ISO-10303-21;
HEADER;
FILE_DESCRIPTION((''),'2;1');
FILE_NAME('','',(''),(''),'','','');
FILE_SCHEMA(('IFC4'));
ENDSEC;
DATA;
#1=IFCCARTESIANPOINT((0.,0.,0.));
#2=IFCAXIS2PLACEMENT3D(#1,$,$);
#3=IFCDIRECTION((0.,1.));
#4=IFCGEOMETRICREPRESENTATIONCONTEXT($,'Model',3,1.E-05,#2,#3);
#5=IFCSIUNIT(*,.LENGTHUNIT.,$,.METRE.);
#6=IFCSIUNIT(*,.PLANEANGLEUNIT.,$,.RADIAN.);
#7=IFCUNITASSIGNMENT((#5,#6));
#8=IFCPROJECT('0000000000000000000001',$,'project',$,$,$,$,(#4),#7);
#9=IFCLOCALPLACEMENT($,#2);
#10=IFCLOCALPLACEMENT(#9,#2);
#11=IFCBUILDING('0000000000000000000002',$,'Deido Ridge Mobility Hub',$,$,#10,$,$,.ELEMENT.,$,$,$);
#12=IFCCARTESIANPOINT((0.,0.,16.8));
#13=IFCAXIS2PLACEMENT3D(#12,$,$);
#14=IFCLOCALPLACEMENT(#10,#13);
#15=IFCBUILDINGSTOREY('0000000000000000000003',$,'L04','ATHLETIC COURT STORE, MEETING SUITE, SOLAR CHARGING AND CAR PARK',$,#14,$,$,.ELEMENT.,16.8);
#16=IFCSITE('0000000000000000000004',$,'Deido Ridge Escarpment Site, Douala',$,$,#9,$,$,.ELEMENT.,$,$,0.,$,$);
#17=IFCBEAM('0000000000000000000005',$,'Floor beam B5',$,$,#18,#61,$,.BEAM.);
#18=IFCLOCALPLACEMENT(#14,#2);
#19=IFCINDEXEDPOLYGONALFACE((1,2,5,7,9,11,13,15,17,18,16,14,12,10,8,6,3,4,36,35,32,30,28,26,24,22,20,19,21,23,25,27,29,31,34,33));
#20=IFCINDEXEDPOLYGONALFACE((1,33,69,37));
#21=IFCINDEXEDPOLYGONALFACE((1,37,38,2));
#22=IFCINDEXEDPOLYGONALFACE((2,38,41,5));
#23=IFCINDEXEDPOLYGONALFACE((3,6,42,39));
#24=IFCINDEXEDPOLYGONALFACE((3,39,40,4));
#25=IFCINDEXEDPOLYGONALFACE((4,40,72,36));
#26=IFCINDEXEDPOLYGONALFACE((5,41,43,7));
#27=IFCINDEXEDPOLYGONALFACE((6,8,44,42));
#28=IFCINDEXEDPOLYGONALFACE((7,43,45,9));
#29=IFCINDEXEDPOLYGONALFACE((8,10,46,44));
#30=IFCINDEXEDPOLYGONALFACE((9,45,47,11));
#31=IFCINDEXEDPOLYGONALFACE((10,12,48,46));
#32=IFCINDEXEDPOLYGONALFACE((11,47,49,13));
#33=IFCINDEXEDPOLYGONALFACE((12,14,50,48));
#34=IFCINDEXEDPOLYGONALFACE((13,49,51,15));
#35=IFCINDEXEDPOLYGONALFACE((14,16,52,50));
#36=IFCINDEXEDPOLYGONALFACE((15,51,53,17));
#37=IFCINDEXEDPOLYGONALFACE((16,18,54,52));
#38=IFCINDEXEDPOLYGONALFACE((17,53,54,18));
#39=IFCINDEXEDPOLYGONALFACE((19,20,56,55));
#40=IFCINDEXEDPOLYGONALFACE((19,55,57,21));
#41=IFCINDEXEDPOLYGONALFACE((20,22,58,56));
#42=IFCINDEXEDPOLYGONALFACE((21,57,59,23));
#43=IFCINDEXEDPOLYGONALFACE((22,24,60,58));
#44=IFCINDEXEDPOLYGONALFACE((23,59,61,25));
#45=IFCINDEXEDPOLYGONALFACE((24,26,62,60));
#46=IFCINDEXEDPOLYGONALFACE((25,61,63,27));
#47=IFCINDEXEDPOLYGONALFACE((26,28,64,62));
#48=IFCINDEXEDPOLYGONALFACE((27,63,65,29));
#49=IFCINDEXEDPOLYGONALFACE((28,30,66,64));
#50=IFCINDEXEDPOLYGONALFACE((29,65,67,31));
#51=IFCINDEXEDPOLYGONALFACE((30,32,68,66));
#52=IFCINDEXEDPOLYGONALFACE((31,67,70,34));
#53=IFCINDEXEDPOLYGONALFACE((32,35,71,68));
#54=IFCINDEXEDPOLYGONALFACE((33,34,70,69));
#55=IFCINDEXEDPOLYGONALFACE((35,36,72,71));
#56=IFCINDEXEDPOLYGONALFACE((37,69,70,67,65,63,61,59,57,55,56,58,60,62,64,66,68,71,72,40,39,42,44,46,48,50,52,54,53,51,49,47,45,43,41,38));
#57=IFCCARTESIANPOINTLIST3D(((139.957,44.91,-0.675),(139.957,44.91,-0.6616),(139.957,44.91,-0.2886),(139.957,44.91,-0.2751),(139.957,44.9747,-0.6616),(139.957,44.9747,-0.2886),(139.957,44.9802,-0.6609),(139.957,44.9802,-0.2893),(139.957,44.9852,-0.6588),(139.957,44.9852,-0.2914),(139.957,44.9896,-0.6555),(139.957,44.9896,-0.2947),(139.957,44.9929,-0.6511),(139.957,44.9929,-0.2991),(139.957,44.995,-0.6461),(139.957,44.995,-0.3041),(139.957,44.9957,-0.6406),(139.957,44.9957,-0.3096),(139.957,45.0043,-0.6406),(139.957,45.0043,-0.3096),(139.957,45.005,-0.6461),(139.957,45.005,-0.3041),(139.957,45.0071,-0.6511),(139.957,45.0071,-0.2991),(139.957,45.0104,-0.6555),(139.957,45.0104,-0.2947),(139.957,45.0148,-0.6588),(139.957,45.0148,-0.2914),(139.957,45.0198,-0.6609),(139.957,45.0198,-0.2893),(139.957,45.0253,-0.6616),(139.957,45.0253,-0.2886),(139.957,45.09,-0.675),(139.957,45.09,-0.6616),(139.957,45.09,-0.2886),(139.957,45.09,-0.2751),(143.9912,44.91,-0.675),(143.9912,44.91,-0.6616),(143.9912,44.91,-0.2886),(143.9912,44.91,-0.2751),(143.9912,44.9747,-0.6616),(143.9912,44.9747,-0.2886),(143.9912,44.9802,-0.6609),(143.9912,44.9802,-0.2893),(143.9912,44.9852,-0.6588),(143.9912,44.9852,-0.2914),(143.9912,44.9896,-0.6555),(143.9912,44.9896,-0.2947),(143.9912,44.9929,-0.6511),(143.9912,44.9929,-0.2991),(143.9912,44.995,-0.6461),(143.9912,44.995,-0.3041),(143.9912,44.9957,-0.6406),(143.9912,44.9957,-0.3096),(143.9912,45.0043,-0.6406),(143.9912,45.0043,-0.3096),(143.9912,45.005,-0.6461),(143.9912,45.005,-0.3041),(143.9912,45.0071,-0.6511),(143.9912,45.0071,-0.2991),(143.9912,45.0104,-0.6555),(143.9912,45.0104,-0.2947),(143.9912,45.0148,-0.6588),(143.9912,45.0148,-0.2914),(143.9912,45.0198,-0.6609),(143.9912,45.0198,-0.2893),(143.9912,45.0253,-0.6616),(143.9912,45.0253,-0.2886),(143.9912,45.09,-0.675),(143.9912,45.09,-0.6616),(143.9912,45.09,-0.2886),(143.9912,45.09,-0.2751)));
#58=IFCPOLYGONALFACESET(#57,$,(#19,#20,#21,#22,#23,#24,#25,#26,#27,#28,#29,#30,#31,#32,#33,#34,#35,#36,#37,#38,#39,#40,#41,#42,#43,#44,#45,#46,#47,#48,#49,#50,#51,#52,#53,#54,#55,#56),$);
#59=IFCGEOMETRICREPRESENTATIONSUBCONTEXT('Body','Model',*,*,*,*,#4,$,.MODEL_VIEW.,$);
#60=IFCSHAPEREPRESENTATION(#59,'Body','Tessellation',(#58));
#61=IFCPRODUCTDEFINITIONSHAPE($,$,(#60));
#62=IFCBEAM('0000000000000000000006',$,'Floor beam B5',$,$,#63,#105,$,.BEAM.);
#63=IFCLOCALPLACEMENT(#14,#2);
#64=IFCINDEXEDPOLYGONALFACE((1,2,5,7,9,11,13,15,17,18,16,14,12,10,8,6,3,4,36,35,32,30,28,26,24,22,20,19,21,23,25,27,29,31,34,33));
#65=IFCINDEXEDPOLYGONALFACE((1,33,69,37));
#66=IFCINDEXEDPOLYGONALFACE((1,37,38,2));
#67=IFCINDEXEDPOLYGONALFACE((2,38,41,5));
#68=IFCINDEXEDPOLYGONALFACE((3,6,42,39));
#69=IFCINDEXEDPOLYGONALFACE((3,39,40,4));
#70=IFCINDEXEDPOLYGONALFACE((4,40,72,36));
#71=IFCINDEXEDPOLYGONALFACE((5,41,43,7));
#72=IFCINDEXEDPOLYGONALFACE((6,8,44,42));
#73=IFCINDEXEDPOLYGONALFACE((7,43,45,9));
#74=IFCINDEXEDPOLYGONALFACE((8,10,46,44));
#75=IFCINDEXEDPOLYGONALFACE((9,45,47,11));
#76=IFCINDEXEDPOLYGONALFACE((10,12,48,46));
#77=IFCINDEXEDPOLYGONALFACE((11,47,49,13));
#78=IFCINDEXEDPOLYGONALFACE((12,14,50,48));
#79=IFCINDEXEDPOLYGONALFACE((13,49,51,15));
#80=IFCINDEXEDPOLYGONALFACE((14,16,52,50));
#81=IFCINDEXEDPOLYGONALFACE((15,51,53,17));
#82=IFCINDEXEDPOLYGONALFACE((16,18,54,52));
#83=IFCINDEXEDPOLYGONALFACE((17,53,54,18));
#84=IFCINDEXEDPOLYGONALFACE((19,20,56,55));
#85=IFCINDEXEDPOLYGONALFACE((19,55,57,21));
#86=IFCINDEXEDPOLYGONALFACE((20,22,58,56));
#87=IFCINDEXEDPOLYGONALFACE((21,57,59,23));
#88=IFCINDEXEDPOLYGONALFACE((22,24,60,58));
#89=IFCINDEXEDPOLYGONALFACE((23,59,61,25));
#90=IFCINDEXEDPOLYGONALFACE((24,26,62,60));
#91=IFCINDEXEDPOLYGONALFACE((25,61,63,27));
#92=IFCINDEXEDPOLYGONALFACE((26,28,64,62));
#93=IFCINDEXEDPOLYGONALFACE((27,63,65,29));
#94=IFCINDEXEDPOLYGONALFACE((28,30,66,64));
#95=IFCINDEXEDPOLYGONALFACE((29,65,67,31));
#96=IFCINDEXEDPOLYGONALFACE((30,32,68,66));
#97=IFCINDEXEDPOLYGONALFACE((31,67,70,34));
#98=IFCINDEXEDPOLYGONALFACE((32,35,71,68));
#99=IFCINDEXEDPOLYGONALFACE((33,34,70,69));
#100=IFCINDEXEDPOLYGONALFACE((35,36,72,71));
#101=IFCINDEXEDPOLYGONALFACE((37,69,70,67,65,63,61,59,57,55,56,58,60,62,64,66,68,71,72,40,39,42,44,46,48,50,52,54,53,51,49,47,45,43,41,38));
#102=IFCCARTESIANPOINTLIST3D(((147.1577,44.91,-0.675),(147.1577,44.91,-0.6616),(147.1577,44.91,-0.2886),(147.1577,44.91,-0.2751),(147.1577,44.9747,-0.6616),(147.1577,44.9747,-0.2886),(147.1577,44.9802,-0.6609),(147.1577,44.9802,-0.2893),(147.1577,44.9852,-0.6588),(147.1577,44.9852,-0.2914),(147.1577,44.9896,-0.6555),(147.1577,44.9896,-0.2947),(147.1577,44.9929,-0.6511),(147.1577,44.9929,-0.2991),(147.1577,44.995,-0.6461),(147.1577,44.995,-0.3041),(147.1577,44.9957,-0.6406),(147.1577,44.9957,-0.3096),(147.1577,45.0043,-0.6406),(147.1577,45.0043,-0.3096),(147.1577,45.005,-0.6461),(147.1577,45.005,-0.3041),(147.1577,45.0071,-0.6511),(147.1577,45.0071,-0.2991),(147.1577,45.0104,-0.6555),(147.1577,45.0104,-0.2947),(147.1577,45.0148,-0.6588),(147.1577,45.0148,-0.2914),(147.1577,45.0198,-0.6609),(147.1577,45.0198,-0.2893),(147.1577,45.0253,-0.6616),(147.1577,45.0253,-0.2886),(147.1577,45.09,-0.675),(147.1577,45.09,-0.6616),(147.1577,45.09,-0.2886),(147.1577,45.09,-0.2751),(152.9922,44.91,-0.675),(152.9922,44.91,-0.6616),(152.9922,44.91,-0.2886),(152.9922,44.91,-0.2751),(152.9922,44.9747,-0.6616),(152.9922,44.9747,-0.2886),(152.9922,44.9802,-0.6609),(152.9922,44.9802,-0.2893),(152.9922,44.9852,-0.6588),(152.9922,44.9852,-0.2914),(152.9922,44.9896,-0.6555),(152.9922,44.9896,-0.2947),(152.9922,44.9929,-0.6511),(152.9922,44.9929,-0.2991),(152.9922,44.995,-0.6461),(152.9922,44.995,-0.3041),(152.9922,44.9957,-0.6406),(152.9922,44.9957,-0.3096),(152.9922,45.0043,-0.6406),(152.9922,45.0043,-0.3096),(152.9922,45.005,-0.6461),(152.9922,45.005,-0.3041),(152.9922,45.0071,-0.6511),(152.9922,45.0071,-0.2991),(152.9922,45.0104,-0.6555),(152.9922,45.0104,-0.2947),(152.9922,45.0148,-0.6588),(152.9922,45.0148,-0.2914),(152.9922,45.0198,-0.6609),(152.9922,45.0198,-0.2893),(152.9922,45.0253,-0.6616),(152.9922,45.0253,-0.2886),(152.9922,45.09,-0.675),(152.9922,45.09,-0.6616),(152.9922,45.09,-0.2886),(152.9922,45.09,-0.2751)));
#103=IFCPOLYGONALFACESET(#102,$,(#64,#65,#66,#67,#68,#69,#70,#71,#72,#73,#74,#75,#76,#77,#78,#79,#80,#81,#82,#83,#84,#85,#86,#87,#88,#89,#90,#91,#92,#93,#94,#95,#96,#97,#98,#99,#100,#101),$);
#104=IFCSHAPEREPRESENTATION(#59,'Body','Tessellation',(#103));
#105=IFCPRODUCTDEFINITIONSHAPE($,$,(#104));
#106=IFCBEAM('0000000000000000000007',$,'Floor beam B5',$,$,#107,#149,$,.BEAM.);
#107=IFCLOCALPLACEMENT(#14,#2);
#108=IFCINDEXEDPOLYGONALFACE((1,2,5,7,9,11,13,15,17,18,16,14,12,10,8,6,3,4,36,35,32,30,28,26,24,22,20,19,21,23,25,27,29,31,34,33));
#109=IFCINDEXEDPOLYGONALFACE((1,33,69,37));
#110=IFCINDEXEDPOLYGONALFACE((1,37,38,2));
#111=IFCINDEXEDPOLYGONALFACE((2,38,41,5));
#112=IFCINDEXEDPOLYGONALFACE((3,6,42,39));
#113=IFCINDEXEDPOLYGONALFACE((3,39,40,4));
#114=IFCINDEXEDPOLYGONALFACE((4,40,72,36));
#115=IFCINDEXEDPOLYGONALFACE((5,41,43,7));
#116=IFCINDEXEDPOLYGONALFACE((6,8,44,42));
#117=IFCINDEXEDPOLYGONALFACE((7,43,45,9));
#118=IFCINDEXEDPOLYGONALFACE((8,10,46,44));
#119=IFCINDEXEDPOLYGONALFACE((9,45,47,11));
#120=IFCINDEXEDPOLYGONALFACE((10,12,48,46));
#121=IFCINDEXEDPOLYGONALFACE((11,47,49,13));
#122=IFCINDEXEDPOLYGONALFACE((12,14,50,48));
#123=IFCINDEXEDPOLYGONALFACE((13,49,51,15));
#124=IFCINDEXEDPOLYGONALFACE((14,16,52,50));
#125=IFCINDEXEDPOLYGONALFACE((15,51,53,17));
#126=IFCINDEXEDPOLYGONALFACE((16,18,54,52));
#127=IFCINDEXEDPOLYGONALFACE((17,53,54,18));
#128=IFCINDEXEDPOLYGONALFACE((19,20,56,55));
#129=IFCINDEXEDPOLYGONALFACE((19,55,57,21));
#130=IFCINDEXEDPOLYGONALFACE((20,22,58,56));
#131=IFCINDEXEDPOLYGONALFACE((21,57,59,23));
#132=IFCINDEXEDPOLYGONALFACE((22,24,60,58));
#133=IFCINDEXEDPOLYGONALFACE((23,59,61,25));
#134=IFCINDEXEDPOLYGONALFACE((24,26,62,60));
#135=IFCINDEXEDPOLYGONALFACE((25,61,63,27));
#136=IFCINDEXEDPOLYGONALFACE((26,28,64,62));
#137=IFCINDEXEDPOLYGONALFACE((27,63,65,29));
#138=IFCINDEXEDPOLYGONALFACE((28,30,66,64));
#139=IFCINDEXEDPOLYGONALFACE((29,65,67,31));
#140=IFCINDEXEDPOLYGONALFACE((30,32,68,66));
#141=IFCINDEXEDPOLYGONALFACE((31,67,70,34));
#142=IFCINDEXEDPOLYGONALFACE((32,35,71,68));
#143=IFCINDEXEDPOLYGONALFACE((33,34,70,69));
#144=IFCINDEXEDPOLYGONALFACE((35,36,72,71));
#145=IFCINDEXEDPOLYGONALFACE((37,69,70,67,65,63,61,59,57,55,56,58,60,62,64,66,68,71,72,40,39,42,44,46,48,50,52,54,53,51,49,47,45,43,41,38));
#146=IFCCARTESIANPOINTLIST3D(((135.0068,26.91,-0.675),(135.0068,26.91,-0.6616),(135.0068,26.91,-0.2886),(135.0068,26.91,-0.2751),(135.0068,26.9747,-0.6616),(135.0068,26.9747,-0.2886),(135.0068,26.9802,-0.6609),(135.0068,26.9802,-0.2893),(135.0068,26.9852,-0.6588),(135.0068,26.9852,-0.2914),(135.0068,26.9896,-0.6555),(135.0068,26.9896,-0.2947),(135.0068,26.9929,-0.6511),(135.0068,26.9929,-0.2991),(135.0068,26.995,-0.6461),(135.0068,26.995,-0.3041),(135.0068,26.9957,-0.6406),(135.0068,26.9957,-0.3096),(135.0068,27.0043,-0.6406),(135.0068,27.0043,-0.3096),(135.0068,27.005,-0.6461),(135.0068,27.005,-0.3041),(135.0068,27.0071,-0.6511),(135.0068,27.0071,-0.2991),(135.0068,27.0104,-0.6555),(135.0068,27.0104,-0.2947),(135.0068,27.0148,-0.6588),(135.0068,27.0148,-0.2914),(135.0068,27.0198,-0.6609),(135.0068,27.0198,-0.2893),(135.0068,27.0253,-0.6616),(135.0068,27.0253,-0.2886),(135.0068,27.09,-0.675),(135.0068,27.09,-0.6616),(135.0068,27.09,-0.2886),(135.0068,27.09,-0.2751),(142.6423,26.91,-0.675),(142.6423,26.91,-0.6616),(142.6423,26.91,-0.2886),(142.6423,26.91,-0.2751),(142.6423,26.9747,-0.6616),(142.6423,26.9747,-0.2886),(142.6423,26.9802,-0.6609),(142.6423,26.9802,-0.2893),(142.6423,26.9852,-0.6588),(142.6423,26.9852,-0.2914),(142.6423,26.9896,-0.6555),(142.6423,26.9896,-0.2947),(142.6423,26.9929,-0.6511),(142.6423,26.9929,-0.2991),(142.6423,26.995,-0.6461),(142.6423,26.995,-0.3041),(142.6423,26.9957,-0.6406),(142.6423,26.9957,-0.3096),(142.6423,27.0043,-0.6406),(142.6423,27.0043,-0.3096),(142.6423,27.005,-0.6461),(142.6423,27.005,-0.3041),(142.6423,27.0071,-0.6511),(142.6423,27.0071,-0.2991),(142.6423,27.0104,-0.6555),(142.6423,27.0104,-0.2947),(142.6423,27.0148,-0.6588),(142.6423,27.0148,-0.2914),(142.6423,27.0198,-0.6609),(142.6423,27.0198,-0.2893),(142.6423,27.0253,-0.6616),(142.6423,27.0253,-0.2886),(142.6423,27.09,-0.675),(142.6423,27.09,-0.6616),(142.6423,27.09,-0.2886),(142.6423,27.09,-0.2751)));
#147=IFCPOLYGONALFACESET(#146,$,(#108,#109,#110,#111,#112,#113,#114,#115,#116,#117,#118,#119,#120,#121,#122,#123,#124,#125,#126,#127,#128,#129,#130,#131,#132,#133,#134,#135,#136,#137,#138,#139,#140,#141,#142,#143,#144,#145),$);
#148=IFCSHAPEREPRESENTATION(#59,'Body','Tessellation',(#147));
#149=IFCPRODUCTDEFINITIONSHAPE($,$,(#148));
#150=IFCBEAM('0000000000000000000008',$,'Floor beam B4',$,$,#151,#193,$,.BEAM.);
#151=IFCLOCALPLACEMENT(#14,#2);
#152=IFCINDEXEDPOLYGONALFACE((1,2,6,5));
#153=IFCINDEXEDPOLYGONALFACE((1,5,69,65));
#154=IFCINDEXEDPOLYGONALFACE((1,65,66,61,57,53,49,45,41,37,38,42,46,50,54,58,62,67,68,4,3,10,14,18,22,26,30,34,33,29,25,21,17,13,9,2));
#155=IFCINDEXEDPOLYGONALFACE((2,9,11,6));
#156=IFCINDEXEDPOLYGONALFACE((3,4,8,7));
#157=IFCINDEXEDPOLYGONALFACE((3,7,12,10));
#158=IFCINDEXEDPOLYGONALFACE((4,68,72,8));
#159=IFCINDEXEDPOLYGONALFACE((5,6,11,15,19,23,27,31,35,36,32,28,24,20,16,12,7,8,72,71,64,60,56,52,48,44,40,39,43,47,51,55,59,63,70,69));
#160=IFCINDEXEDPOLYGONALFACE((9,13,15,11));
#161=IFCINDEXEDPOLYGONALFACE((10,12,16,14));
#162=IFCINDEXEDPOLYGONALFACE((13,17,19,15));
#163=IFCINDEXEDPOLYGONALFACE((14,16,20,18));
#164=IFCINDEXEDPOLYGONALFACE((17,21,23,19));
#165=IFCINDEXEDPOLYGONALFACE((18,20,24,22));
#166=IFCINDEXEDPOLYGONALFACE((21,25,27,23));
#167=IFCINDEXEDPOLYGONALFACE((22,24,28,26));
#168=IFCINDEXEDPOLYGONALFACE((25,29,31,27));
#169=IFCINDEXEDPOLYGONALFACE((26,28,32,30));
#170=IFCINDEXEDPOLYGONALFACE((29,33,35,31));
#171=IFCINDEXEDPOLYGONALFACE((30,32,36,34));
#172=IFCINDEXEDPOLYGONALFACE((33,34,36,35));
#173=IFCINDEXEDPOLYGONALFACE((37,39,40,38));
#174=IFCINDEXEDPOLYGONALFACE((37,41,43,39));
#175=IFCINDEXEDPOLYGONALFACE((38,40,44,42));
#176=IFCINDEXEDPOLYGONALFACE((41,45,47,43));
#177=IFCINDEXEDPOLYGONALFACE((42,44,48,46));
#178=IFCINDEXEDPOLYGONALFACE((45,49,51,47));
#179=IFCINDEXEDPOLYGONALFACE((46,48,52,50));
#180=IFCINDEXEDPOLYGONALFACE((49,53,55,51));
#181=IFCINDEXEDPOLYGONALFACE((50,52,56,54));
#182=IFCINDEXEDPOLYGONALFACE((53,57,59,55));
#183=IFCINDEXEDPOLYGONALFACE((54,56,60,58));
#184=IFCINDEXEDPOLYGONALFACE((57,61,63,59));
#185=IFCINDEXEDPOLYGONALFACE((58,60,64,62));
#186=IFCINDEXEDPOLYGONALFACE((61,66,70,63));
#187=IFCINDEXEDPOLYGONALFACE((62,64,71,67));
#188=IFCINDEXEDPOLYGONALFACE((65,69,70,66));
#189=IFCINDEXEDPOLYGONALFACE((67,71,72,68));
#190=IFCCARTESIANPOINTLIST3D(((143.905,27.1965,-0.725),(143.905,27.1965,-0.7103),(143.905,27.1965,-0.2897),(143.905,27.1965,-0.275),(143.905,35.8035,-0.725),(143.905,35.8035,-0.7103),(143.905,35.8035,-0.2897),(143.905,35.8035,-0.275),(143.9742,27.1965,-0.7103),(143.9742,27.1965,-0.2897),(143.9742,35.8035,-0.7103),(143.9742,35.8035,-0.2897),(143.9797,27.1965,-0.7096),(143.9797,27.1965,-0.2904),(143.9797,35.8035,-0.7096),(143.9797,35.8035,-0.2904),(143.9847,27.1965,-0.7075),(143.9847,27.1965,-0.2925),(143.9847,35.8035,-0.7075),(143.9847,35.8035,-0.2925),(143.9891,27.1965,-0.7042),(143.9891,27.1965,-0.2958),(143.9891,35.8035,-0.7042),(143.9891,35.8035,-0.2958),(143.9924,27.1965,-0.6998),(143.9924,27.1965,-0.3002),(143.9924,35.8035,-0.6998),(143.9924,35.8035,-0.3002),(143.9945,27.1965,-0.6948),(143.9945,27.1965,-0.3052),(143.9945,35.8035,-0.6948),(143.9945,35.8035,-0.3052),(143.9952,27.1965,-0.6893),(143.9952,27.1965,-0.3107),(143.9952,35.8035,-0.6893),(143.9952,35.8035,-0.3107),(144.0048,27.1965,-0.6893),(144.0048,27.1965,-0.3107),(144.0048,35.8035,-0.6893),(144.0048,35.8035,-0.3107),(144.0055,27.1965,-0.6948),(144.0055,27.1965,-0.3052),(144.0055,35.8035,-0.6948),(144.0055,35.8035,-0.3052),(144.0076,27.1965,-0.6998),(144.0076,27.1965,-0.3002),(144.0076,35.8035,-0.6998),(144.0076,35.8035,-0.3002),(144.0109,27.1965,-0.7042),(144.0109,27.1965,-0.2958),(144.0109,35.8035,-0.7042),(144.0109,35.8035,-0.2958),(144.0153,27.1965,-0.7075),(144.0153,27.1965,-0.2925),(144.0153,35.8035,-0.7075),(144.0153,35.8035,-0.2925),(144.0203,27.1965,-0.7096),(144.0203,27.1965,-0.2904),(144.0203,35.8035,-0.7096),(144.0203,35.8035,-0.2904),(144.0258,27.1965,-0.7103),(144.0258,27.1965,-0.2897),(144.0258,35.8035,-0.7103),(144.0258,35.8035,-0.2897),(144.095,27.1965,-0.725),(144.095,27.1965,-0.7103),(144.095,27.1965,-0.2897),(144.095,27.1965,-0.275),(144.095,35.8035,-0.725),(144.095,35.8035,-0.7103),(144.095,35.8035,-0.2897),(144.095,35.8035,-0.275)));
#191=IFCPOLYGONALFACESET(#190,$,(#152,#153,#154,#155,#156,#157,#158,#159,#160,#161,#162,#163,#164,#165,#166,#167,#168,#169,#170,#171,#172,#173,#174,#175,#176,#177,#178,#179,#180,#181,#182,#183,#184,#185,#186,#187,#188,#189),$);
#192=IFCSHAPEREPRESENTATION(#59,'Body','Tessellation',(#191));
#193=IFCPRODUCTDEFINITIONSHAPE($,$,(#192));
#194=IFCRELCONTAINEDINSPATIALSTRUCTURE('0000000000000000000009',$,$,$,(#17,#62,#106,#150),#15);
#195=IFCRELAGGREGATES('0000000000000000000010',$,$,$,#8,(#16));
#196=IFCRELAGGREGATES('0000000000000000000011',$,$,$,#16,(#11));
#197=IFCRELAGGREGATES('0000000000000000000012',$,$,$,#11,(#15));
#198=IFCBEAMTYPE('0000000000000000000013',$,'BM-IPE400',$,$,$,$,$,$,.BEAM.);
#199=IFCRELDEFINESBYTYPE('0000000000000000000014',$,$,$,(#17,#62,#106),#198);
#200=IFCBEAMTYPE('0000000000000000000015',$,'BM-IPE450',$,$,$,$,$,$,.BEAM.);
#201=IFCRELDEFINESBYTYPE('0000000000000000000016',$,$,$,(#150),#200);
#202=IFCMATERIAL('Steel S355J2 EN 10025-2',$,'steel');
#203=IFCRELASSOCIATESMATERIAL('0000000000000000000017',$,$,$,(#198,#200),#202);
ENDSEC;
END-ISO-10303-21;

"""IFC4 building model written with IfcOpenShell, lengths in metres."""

from ifc_helpers import new_model, si_unit, direction, frame, origin, origin_2d, place, context, subcontext, project, spatial, i_section, extrude, material, material_profile, profile_set, type_object, element, save


model = new_model("IFC4")

# Units and contexts
model_context = context("Model", 3, precision=1e-05, world=origin(), true_north=direction((0.0, 1.0)))
body_context = subcontext(model_context, "Body", "Model", "MODEL_VIEW")
ifc_project = project(units=[si_unit("LENGTHUNIT", "METRE"), si_unit("PLANEANGLEUNIT", "RADIAN")], contexts=[model_context])

# Site, building, storey
site_placement = place(None, origin())
site = spatial("IfcSite", under=ifc_project, at=site_placement, Name="Deido Ridge Escarpment Site, Douala", CompositionType="ELEMENT", RefElevation=0.0)
building_placement = place(site_placement, origin())
building = spatial("IfcBuilding", under=site, at=building_placement, Name="Deido Ridge Mobility Hub", CompositionType="ELEMENT")
storey_placement = place(building_placement, frame((0.0, 0.0, 16.8)))
storey = spatial("IfcBuildingStorey", under=building, at=storey_placement, Name="L04", Description="ATHLETIC COURT STORE, MEETING SUITE, SOLAR CHARGING AND CAR PARK", CompositionType="ELEMENT", Elevation=16.8)

# Shared definitions
ifc_material_1 = material(Name="Steel S355J2 EN 10025-2", Category="steel")

# Beams
ifc_material_profile_1 = material_profile(ifc_material_1, i_section(OverallWidth=0.1799, OverallDepth=0.3999, WebThickness=0.0085, FlangeThickness=0.0134, FilletRadius=0.021, at=origin_2d()), Name="IPE 400")
ifc_profile_set_1 = profile_set([ifc_material_profile_1], Name="Steel S355J2 EN 10025-2")
beam_type_1 = type_object("IfcBeamType", Name="BM-IPE400", PredefinedType="BEAM", material=ifc_profile_set_1)
beam_1_placement = place(storey_placement, frame((139.957, 45.0, -0.4751), z_axis=(1.0, 0.0, 0.0), x_axis=(0.0, 1.0, 0.0)))
element("IfcBeam", 1, at=beam_1_placement, inside=storey, type_object=beam_type_1, Name="Floor beam B5", PredefinedType="BEAM", context=body_context, shape_type="SweptSolid", body=[
    extrude(i_section(OverallWidth=0.1799, OverallDepth=0.3999, WebThickness=0.0085, FlangeThickness=0.0134, FilletRadius=0.021, at=origin_2d()), origin(), (0.0, 0.0, 1.0), 4.0342),
])
beam_2_placement = place(storey_placement, frame((147.1577, 45.0, -0.4751), z_axis=(1.0, 0.0, 0.0), x_axis=(0.0, 1.0, 0.0)))
element("IfcBeam", 2, at=beam_2_placement, inside=storey, type_object=beam_type_1, Name="Floor beam B5", PredefinedType="BEAM", context=body_context, shape_type="SweptSolid", body=[
    extrude(i_section(OverallWidth=0.1799, OverallDepth=0.3999, WebThickness=0.0085, FlangeThickness=0.0134, FilletRadius=0.021, at=origin_2d()), origin(), (0.0, 0.0, 1.0), 5.8345),
])
beam_3_placement = place(storey_placement, frame((135.0068, 27.0, -0.4751), z_axis=(1.0, 0.0, 0.0), x_axis=(0.0, 1.0, 0.0)))
element("IfcBeam", 3, at=beam_3_placement, inside=storey, type_object=beam_type_1, Name="Floor beam B5", PredefinedType="BEAM", context=body_context, shape_type="SweptSolid", body=[
    extrude(i_section(OverallWidth=0.1799, OverallDepth=0.3999, WebThickness=0.0085, FlangeThickness=0.0134, FilletRadius=0.021, at=origin_2d()), origin(), (0.0, 0.0, 1.0), 7.6355),
])
ifc_material_profile_2 = material_profile(ifc_material_1, i_section(OverallWidth=0.1899, OverallDepth=0.45, WebThickness=0.0095, FlangeThickness=0.0146, FilletRadius=0.021, at=origin_2d()), Name="IPE 450")
ifc_profile_set_2 = profile_set([ifc_material_profile_2], Name="Steel S355J2 EN 10025-2")
beam_type_2 = type_object("IfcBeamType", Name="BM-IPE450", PredefinedType="BEAM", material=ifc_profile_set_2)
for number, where, z_axis, x_axis, name in (
    (4, (144.0, 27.1965, -0.5), (0.0, 1.0, 0.0), (-1.0, 0.0, 0.0), "Floor beam B4"),
):
    element("IfcBeam", number, at=place(storey_placement, frame(where, z_axis=z_axis, x_axis=x_axis)), inside=storey, type_object=beam_type_2, Name=name, PredefinedType="BEAM", context=body_context, shape_type="SweptSolid", body=[
        extrude(i_section(OverallWidth=0.1899, OverallDepth=0.45, WebThickness=0.0095, FlangeThickness=0.0146, FilletRadius=0.021, at=origin_2d()), origin(), (0.0, 0.0, 1.0), 8.6069),
    ])

save(model, "model.ifc")
